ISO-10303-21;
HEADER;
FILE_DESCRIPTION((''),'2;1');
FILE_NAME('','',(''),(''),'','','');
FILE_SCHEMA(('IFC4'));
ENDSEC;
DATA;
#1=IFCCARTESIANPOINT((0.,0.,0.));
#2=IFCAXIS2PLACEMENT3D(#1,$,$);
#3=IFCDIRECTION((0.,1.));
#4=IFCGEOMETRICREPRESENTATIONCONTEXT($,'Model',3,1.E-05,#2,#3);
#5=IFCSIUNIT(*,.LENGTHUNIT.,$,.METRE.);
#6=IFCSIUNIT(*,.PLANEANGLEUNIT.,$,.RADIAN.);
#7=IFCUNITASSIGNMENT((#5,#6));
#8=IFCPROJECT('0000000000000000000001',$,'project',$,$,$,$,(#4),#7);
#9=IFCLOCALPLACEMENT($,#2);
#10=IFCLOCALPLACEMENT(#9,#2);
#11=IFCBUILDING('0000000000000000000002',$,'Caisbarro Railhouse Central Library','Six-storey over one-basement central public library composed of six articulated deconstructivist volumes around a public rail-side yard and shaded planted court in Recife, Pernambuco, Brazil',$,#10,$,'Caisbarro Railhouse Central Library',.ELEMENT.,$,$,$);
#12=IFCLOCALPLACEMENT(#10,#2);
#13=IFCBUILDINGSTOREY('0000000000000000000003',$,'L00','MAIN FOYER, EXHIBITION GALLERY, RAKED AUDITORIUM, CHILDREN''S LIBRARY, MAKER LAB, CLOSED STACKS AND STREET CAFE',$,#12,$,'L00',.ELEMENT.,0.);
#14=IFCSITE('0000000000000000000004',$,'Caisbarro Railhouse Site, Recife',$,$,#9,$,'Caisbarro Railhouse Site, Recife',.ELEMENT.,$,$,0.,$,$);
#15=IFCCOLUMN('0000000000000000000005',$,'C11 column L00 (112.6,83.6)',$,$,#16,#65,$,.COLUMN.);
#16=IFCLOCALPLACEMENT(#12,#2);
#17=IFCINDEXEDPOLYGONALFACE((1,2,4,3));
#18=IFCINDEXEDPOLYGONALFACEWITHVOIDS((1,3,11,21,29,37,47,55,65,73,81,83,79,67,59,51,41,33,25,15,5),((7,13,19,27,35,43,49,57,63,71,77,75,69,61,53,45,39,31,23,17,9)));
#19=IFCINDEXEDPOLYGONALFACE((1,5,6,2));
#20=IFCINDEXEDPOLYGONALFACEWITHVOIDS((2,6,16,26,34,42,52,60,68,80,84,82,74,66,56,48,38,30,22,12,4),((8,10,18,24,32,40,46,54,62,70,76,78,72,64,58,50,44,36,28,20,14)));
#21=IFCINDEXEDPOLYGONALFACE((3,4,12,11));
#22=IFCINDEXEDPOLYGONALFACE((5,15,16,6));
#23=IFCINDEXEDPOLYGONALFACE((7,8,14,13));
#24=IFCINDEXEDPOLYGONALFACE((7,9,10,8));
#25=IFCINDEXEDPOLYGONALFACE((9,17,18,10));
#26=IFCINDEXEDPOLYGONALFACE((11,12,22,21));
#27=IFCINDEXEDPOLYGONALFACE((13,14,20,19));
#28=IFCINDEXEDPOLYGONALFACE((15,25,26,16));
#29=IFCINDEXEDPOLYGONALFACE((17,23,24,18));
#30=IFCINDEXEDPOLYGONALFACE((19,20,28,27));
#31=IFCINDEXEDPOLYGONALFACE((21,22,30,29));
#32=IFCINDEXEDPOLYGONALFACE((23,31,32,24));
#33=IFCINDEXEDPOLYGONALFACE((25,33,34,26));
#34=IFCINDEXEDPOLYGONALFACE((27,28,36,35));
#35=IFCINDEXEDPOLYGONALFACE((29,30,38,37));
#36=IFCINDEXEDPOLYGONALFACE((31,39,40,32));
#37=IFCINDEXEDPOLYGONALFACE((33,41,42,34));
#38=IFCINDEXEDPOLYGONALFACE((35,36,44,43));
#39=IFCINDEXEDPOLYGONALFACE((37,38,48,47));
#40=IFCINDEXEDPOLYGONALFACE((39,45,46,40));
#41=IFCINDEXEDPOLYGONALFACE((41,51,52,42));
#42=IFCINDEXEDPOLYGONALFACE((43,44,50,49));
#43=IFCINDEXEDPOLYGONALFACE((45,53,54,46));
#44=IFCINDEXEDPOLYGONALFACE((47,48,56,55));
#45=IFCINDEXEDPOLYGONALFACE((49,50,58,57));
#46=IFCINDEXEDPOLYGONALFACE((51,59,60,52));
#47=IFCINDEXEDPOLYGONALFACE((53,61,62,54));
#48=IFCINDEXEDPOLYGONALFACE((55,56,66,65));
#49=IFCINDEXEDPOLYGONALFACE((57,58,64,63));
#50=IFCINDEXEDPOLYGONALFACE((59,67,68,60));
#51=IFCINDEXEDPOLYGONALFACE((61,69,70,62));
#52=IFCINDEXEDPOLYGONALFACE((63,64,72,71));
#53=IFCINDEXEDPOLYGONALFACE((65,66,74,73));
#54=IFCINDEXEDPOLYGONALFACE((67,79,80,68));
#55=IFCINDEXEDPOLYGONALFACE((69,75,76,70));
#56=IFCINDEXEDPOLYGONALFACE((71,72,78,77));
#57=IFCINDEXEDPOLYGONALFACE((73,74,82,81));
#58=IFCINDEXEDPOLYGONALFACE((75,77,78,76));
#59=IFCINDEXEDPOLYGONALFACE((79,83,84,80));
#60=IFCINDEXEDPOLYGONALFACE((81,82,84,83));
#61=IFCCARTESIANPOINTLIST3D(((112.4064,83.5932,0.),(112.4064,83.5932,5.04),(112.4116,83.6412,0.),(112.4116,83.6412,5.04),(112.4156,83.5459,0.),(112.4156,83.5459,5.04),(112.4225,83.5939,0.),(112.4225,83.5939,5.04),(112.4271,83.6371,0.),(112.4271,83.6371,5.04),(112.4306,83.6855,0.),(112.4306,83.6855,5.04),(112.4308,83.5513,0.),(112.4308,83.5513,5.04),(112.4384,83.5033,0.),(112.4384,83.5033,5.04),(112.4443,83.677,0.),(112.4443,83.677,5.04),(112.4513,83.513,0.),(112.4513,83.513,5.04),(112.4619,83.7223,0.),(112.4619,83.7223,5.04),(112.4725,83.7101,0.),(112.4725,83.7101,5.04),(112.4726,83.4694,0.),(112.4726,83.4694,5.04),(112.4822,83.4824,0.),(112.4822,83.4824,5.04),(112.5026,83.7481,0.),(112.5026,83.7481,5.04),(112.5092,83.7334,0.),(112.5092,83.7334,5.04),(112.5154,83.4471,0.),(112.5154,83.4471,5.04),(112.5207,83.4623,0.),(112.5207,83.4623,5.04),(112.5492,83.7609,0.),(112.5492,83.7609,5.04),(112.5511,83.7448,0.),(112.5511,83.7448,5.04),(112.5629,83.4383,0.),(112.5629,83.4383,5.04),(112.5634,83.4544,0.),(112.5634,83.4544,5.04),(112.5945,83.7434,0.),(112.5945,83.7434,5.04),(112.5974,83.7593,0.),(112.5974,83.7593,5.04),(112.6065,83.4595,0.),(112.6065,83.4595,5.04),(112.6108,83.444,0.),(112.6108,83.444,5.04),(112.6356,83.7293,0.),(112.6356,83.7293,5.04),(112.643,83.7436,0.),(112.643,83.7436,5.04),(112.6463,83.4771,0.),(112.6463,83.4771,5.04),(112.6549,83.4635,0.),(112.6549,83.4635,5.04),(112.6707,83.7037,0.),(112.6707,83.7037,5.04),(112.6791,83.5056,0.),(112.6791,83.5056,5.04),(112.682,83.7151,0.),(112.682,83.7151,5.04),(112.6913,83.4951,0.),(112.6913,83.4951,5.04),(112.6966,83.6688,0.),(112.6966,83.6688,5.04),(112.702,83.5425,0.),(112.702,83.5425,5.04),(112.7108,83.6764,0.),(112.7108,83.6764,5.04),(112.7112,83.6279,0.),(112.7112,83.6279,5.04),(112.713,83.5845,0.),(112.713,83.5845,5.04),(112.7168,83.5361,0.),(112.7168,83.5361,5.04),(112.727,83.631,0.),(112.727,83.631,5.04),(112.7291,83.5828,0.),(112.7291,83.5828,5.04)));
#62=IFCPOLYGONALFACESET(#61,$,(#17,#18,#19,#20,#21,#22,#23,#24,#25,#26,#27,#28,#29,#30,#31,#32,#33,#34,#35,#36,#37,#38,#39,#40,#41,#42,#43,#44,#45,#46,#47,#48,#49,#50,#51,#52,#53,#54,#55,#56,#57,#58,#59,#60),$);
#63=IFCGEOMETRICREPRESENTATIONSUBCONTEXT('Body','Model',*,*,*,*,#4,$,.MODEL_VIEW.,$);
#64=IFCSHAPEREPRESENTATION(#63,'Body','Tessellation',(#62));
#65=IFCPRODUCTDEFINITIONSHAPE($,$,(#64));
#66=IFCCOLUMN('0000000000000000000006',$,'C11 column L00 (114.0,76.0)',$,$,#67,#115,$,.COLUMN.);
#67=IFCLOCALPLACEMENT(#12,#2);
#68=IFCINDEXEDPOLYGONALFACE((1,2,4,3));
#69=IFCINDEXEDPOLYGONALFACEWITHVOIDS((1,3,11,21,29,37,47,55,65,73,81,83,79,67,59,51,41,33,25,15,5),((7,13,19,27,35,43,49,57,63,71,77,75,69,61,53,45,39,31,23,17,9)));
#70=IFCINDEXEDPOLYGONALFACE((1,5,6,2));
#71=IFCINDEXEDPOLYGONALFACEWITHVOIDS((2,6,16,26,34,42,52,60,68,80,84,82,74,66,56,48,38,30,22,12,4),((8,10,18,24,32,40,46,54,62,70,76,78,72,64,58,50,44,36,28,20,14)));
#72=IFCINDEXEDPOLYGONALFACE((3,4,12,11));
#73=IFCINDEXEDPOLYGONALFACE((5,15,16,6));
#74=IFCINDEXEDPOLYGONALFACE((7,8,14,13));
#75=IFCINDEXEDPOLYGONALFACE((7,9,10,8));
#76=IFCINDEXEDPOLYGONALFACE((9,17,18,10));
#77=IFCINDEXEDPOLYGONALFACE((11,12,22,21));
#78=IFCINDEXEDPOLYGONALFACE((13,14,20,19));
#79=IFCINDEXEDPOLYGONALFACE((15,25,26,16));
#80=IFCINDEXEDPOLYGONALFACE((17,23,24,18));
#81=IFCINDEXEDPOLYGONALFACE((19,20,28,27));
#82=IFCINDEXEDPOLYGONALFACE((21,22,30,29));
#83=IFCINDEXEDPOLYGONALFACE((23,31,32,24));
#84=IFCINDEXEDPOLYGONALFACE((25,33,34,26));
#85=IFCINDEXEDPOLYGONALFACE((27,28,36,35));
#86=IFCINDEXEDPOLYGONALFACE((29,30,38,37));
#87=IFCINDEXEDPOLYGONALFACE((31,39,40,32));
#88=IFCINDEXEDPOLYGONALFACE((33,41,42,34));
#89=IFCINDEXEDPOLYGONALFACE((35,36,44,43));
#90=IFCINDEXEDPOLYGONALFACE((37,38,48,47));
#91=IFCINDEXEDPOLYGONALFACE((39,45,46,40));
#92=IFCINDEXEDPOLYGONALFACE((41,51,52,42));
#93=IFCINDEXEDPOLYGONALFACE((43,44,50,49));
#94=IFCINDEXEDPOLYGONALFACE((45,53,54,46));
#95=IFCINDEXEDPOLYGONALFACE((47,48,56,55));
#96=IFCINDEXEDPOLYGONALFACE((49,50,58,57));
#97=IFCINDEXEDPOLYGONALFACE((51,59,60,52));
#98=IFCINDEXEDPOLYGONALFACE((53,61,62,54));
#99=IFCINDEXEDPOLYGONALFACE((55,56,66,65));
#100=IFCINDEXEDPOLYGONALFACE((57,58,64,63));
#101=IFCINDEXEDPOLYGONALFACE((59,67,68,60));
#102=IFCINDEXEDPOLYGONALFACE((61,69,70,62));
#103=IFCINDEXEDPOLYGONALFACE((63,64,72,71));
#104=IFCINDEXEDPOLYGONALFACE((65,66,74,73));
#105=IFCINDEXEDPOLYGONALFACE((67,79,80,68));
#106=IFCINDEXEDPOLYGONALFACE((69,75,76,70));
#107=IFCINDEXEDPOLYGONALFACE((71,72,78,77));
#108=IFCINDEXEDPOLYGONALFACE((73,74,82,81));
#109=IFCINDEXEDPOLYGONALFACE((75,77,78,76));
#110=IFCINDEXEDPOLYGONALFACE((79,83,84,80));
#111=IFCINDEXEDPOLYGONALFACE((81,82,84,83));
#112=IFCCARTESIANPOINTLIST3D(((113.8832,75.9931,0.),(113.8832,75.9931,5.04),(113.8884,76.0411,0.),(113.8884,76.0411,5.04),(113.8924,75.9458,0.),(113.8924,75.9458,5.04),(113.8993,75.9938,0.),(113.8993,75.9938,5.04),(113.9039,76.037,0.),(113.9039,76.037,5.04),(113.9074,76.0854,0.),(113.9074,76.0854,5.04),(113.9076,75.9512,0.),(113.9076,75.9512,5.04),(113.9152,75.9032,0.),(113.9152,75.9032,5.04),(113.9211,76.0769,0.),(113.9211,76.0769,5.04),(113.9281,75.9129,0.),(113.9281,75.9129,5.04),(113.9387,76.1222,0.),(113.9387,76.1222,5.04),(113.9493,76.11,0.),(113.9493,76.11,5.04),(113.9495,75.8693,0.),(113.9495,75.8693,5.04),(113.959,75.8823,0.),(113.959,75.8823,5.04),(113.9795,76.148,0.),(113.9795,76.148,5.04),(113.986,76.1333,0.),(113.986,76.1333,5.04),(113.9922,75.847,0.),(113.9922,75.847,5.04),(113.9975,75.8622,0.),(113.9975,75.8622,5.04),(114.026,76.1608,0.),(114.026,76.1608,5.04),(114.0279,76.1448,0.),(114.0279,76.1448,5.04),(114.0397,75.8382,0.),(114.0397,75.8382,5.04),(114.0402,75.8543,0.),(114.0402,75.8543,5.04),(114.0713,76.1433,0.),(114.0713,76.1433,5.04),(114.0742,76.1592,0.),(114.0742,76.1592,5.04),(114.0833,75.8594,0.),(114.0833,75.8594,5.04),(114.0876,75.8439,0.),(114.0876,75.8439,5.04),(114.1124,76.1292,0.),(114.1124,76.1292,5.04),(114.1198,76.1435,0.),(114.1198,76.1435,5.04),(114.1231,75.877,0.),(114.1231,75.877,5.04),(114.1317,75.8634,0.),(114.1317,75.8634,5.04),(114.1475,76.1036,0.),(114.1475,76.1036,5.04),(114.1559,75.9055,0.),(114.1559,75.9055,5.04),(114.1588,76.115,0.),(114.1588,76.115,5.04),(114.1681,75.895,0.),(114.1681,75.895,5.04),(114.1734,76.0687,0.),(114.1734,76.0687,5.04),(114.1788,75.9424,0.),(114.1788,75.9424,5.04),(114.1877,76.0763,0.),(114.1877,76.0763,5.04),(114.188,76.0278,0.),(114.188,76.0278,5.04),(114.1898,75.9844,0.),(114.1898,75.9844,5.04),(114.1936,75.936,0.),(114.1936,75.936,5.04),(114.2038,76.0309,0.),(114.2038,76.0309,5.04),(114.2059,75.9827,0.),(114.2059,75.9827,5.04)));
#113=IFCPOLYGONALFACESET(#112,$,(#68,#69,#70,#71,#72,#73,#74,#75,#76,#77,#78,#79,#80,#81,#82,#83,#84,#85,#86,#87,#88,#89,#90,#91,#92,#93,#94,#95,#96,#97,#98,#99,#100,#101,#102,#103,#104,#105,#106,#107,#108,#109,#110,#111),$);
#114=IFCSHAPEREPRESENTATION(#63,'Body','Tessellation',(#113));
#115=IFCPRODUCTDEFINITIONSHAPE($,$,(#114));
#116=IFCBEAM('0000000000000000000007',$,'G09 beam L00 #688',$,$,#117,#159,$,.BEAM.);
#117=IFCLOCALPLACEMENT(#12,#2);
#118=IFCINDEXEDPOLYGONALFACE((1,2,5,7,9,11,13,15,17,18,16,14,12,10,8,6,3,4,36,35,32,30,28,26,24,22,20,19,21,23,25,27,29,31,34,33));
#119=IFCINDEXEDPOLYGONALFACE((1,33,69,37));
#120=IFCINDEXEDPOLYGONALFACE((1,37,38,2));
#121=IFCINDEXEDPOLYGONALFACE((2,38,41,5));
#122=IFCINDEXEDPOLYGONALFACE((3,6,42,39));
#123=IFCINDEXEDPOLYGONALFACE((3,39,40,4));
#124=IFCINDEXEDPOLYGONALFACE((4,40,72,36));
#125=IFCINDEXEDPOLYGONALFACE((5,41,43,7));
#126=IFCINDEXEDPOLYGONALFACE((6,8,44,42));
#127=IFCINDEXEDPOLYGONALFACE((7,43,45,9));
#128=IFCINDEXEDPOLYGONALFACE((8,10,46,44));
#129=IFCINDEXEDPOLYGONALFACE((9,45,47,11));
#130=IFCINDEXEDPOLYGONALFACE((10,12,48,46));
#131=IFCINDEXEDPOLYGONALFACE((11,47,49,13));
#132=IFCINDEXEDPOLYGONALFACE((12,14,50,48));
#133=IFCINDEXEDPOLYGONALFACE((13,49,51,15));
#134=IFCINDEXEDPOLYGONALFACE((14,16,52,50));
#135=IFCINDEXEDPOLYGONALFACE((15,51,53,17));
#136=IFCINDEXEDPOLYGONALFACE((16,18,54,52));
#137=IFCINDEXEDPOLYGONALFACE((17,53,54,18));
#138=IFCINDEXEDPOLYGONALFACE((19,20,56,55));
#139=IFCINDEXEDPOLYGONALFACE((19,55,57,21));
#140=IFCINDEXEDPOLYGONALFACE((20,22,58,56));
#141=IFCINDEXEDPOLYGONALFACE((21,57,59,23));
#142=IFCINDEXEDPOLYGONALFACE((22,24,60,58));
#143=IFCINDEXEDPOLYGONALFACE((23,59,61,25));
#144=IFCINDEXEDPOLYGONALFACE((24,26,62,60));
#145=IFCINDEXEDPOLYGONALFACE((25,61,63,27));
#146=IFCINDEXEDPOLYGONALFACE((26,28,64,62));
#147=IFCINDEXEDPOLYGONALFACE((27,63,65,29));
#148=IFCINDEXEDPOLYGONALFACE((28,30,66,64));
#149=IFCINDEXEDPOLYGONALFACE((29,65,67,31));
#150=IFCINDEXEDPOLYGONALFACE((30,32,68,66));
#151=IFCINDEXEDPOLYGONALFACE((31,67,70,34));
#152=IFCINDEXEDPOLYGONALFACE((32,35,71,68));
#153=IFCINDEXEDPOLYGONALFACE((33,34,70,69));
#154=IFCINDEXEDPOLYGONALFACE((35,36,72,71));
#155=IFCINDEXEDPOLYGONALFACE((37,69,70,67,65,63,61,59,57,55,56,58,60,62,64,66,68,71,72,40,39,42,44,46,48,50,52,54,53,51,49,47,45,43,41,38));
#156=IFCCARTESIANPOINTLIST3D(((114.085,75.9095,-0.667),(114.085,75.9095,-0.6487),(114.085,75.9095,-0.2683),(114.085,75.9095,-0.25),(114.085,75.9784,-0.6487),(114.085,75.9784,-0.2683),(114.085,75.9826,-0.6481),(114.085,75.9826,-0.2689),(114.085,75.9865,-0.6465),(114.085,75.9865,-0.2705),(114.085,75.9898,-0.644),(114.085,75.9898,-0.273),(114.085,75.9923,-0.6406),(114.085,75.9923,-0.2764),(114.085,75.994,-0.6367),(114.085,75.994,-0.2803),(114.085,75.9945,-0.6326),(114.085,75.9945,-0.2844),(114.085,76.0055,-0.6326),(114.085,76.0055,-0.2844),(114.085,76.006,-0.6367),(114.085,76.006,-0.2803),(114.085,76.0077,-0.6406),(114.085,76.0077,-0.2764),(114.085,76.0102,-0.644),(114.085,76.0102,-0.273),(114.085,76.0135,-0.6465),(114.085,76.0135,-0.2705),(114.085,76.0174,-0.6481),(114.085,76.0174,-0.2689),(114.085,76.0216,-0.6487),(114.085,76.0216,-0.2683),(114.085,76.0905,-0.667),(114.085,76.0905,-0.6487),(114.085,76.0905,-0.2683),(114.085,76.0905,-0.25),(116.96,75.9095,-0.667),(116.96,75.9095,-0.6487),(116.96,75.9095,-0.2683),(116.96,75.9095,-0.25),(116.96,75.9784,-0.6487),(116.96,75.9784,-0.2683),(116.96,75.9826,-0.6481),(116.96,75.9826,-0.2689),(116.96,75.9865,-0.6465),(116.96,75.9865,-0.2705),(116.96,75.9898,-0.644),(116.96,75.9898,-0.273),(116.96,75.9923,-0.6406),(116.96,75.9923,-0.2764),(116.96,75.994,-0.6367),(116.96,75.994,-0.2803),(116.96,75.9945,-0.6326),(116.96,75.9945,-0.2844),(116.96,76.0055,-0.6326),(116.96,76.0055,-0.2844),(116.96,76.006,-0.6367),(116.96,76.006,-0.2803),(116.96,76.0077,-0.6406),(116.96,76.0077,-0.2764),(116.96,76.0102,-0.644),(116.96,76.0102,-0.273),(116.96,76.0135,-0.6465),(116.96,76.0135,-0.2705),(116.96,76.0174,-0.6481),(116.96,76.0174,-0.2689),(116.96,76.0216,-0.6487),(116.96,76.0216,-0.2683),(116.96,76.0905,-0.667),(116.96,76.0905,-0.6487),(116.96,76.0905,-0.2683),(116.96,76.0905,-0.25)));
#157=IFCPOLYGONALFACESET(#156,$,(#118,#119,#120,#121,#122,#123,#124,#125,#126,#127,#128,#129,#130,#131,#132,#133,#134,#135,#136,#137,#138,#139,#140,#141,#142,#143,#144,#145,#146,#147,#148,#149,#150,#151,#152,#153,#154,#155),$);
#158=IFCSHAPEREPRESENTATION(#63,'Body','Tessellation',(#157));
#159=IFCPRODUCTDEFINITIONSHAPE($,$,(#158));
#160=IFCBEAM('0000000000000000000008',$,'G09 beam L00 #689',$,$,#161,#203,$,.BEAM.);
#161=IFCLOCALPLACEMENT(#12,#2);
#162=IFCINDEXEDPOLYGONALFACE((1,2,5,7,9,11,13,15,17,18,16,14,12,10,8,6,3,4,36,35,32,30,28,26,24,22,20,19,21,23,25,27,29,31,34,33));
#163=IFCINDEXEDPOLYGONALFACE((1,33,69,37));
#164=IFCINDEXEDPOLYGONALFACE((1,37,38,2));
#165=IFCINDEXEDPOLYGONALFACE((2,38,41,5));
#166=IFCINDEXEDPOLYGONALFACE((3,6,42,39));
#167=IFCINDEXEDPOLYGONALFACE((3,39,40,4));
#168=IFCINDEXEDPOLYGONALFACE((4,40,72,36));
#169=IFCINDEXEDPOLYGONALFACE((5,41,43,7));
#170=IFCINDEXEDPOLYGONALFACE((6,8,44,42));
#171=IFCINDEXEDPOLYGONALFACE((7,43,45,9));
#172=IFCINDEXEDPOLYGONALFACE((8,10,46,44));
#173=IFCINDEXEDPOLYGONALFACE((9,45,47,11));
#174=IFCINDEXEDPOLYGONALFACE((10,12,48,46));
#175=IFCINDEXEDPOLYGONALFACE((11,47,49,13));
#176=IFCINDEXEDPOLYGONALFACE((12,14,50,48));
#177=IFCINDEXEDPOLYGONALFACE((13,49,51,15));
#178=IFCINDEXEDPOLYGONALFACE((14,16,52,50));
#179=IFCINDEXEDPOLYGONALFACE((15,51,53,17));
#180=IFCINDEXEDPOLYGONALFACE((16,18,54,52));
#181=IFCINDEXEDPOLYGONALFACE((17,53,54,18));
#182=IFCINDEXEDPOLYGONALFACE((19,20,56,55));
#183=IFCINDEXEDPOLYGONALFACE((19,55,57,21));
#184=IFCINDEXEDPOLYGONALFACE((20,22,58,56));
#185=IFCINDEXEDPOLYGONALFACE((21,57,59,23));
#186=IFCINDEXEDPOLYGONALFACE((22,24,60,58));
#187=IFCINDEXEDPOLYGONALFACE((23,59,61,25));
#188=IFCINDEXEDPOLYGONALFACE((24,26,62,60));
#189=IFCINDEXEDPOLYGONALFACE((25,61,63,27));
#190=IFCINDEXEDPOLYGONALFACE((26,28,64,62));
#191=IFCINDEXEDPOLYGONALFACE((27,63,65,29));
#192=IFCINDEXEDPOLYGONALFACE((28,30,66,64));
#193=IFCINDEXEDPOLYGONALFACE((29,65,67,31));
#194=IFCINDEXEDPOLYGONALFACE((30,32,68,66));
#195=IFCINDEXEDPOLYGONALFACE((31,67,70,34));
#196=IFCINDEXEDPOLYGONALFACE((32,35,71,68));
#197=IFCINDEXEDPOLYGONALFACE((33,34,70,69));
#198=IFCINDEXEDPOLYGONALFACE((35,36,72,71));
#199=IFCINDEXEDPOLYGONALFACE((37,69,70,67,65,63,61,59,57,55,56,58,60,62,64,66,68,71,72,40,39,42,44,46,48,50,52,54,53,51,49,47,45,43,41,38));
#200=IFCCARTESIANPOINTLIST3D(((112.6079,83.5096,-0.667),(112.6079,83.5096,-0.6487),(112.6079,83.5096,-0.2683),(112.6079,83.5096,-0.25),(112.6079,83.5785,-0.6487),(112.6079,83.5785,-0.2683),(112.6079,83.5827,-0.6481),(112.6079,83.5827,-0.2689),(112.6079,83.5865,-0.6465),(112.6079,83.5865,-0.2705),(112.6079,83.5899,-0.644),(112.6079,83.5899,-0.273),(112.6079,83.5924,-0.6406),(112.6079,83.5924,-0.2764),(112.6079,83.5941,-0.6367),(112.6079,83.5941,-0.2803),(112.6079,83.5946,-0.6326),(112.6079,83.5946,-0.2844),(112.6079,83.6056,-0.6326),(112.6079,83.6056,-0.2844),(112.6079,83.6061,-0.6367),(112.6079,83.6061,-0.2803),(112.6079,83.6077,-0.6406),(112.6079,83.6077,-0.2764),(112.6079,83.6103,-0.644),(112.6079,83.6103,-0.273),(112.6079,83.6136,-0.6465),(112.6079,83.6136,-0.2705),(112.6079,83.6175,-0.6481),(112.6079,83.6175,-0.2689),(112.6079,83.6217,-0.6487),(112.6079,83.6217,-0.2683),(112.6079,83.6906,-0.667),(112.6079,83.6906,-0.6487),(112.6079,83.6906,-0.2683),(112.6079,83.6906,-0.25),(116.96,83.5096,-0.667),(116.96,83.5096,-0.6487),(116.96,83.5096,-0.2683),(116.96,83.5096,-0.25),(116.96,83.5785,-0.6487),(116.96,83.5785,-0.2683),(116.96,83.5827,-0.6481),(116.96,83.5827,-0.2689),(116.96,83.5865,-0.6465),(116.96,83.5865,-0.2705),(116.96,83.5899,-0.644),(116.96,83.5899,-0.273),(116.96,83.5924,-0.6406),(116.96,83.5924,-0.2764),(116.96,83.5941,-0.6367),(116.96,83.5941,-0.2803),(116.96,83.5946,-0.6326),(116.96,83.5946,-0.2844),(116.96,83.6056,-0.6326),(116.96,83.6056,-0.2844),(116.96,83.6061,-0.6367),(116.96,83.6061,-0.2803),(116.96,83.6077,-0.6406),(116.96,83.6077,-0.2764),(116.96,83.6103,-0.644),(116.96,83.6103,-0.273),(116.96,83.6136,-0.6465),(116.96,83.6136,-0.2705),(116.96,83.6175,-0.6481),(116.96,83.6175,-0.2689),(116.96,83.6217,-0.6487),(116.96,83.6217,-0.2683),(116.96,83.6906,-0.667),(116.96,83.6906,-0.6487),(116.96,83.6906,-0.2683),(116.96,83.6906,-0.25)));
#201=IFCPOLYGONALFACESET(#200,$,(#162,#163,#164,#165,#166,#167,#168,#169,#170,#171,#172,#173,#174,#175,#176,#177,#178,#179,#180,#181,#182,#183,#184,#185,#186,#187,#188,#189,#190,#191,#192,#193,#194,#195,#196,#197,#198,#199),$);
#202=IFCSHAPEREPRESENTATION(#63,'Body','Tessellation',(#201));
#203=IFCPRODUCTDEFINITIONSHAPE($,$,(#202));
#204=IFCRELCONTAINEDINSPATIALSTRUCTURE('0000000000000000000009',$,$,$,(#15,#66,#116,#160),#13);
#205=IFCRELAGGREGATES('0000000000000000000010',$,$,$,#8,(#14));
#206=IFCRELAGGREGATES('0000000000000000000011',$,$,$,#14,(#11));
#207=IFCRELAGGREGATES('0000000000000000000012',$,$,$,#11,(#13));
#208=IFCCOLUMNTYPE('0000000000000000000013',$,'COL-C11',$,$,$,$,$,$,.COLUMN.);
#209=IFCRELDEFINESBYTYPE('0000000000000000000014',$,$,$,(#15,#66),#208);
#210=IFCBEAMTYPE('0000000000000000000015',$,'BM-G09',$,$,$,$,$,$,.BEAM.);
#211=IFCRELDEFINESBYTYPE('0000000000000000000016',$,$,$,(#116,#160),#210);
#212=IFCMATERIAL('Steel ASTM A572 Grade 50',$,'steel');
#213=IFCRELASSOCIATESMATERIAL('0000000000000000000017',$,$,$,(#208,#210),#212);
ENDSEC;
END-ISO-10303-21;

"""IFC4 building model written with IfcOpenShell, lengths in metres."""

from ifc_helpers import new_model, si_unit, direction, frame, origin, origin_2d, place, context, subcontext, project, spatial, hollow_circle, i_section, extrude, material, material_profile, profile_set, type_object, element, save


model = new_model("IFC4")

# Units and contexts
model_context = context("Model", 3, precision=1e-05, world=origin(), true_north=direction((0.0, 1.0)))
body_context = subcontext(model_context, "Body", "Model", "MODEL_VIEW")
ifc_project = project(units=[si_unit("LENGTHUNIT", "METRE"), si_unit("PLANEANGLEUNIT", "RADIAN")], contexts=[model_context])

# Site, building, storey
site_placement = place(None, origin())
site = spatial("IfcSite", under=ifc_project, at=site_placement, Name="Caisbarro Railhouse Site, Recife", LongName="Caisbarro Railhouse Site, Recife", CompositionType="ELEMENT", RefElevation=0.0)
building_placement = place(site_placement, origin())
building = spatial("IfcBuilding", under=site, at=building_placement, Name="Caisbarro Railhouse Central Library", Description="Six-storey over one-basement central public library composed of six articulated deconstructivist volumes around a public rail-side yard and shaded planted court in Recife, Pernambuco, Brazil", LongName="Caisbarro Railhouse Central Library", CompositionType="ELEMENT")
storey_placement = place(building_placement, origin())
storey = spatial("IfcBuildingStorey", under=building, at=storey_placement, Name="L00", Description="MAIN FOYER, EXHIBITION GALLERY, RAKED AUDITORIUM, CHILDREN'S LIBRARY, MAKER LAB, CLOSED STACKS AND STREET CAFE", LongName="L00", CompositionType="ELEMENT", Elevation=0.0)

# Columns
ifc_material_1 = material(Name="Steel ASTM A572 Grade 50", Category="steel")
ifc_material_profile_1 = material_profile(ifc_material_1, hollow_circle(Radius=0.1619, WallThickness=0.0161, at=origin_2d()), Name="CHS323.9X16.0")
ifc_profile_set_1 = profile_set([ifc_material_profile_1], Name="Steel ASTM A572 Grade 50")
column_type = type_object("IfcColumnType", Name="COL-C11", PredefinedType="COLUMN", material=ifc_profile_set_1)
for number, where, z_axis, x_axis, name in (
    (1, (112.5681, 83.6001, 0.0), (0.0, 0.0, 1.0), (0.981627, 0.190809, 0.0), "C11 column L00 (112.6,83.6)"),
    (2, (114.0449, 76.0, 0.0), (0.0, 0.0, 1.0), (0.981627, 0.190809, 0.0), "C11 column L00 (114.0,76.0)"),
):
    element("IfcColumn", number, at=place(storey_placement, frame(where, z_axis=z_axis, x_axis=x_axis)), inside=storey, type_object=column_type, Name=name, PredefinedType="COLUMN", context=body_context, shape_type="SweptSolid", body=[
        extrude(hollow_circle(Radius=0.1619, WallThickness=0.0161, at=origin_2d()), origin(), (0.0, 0.0, 1.0), 5.04),
    ])

# Beams
ifc_material_profile_2 = material_profile(ifc_material_1, i_section(OverallWidth=0.1809, OverallDepth=0.417, WebThickness=0.011, FlangeThickness=0.0183, FilletRadius=0.0161, at=origin_2d()), Name="W410X85.0")
ifc_profile_set_2 = profile_set([ifc_material_profile_2], Name="Steel ASTM A572 Grade 50")
beam_type_1 = type_object("IfcBeamType", Name="BM-G09", PredefinedType="BEAM", material=ifc_profile_set_2)
beam_1_placement = place(storey_placement, frame((114.085, 76.0, -0.4585), z_axis=(1.0, 0.0, 0.0), x_axis=(0.0, 1.0, 0.0)))
element("IfcBeam", 3, at=beam_1_placement, inside=storey, type_object=beam_type_1, Name="G09 beam L00 #688", PredefinedType="BEAM", context=body_context, shape_type="SweptSolid", body=[
    extrude(i_section(OverallWidth=0.1809, OverallDepth=0.417, WebThickness=0.011, FlangeThickness=0.0183, FilletRadius=0.0161, at=origin_2d()), origin(), (0.0, 0.0, 1.0), 2.875),
])
beam_2_placement = place(storey_placement, frame((112.6079, 83.6001, -0.4585), z_axis=(1.0, 0.0, 0.0), x_axis=(0.0, 1.0, 0.0)))
element("IfcBeam", 4, at=beam_2_placement, inside=storey, type_object=beam_type_1, Name="G09 beam L00 #689", PredefinedType="BEAM", context=body_context, shape_type="SweptSolid", body=[
    extrude(i_section(OverallWidth=0.1809, OverallDepth=0.417, WebThickness=0.011, FlangeThickness=0.0183, FilletRadius=0.0161, at=origin_2d()), origin(), (0.0, 0.0, 1.0), 4.3521),
])

save(model, "model.ifc")
